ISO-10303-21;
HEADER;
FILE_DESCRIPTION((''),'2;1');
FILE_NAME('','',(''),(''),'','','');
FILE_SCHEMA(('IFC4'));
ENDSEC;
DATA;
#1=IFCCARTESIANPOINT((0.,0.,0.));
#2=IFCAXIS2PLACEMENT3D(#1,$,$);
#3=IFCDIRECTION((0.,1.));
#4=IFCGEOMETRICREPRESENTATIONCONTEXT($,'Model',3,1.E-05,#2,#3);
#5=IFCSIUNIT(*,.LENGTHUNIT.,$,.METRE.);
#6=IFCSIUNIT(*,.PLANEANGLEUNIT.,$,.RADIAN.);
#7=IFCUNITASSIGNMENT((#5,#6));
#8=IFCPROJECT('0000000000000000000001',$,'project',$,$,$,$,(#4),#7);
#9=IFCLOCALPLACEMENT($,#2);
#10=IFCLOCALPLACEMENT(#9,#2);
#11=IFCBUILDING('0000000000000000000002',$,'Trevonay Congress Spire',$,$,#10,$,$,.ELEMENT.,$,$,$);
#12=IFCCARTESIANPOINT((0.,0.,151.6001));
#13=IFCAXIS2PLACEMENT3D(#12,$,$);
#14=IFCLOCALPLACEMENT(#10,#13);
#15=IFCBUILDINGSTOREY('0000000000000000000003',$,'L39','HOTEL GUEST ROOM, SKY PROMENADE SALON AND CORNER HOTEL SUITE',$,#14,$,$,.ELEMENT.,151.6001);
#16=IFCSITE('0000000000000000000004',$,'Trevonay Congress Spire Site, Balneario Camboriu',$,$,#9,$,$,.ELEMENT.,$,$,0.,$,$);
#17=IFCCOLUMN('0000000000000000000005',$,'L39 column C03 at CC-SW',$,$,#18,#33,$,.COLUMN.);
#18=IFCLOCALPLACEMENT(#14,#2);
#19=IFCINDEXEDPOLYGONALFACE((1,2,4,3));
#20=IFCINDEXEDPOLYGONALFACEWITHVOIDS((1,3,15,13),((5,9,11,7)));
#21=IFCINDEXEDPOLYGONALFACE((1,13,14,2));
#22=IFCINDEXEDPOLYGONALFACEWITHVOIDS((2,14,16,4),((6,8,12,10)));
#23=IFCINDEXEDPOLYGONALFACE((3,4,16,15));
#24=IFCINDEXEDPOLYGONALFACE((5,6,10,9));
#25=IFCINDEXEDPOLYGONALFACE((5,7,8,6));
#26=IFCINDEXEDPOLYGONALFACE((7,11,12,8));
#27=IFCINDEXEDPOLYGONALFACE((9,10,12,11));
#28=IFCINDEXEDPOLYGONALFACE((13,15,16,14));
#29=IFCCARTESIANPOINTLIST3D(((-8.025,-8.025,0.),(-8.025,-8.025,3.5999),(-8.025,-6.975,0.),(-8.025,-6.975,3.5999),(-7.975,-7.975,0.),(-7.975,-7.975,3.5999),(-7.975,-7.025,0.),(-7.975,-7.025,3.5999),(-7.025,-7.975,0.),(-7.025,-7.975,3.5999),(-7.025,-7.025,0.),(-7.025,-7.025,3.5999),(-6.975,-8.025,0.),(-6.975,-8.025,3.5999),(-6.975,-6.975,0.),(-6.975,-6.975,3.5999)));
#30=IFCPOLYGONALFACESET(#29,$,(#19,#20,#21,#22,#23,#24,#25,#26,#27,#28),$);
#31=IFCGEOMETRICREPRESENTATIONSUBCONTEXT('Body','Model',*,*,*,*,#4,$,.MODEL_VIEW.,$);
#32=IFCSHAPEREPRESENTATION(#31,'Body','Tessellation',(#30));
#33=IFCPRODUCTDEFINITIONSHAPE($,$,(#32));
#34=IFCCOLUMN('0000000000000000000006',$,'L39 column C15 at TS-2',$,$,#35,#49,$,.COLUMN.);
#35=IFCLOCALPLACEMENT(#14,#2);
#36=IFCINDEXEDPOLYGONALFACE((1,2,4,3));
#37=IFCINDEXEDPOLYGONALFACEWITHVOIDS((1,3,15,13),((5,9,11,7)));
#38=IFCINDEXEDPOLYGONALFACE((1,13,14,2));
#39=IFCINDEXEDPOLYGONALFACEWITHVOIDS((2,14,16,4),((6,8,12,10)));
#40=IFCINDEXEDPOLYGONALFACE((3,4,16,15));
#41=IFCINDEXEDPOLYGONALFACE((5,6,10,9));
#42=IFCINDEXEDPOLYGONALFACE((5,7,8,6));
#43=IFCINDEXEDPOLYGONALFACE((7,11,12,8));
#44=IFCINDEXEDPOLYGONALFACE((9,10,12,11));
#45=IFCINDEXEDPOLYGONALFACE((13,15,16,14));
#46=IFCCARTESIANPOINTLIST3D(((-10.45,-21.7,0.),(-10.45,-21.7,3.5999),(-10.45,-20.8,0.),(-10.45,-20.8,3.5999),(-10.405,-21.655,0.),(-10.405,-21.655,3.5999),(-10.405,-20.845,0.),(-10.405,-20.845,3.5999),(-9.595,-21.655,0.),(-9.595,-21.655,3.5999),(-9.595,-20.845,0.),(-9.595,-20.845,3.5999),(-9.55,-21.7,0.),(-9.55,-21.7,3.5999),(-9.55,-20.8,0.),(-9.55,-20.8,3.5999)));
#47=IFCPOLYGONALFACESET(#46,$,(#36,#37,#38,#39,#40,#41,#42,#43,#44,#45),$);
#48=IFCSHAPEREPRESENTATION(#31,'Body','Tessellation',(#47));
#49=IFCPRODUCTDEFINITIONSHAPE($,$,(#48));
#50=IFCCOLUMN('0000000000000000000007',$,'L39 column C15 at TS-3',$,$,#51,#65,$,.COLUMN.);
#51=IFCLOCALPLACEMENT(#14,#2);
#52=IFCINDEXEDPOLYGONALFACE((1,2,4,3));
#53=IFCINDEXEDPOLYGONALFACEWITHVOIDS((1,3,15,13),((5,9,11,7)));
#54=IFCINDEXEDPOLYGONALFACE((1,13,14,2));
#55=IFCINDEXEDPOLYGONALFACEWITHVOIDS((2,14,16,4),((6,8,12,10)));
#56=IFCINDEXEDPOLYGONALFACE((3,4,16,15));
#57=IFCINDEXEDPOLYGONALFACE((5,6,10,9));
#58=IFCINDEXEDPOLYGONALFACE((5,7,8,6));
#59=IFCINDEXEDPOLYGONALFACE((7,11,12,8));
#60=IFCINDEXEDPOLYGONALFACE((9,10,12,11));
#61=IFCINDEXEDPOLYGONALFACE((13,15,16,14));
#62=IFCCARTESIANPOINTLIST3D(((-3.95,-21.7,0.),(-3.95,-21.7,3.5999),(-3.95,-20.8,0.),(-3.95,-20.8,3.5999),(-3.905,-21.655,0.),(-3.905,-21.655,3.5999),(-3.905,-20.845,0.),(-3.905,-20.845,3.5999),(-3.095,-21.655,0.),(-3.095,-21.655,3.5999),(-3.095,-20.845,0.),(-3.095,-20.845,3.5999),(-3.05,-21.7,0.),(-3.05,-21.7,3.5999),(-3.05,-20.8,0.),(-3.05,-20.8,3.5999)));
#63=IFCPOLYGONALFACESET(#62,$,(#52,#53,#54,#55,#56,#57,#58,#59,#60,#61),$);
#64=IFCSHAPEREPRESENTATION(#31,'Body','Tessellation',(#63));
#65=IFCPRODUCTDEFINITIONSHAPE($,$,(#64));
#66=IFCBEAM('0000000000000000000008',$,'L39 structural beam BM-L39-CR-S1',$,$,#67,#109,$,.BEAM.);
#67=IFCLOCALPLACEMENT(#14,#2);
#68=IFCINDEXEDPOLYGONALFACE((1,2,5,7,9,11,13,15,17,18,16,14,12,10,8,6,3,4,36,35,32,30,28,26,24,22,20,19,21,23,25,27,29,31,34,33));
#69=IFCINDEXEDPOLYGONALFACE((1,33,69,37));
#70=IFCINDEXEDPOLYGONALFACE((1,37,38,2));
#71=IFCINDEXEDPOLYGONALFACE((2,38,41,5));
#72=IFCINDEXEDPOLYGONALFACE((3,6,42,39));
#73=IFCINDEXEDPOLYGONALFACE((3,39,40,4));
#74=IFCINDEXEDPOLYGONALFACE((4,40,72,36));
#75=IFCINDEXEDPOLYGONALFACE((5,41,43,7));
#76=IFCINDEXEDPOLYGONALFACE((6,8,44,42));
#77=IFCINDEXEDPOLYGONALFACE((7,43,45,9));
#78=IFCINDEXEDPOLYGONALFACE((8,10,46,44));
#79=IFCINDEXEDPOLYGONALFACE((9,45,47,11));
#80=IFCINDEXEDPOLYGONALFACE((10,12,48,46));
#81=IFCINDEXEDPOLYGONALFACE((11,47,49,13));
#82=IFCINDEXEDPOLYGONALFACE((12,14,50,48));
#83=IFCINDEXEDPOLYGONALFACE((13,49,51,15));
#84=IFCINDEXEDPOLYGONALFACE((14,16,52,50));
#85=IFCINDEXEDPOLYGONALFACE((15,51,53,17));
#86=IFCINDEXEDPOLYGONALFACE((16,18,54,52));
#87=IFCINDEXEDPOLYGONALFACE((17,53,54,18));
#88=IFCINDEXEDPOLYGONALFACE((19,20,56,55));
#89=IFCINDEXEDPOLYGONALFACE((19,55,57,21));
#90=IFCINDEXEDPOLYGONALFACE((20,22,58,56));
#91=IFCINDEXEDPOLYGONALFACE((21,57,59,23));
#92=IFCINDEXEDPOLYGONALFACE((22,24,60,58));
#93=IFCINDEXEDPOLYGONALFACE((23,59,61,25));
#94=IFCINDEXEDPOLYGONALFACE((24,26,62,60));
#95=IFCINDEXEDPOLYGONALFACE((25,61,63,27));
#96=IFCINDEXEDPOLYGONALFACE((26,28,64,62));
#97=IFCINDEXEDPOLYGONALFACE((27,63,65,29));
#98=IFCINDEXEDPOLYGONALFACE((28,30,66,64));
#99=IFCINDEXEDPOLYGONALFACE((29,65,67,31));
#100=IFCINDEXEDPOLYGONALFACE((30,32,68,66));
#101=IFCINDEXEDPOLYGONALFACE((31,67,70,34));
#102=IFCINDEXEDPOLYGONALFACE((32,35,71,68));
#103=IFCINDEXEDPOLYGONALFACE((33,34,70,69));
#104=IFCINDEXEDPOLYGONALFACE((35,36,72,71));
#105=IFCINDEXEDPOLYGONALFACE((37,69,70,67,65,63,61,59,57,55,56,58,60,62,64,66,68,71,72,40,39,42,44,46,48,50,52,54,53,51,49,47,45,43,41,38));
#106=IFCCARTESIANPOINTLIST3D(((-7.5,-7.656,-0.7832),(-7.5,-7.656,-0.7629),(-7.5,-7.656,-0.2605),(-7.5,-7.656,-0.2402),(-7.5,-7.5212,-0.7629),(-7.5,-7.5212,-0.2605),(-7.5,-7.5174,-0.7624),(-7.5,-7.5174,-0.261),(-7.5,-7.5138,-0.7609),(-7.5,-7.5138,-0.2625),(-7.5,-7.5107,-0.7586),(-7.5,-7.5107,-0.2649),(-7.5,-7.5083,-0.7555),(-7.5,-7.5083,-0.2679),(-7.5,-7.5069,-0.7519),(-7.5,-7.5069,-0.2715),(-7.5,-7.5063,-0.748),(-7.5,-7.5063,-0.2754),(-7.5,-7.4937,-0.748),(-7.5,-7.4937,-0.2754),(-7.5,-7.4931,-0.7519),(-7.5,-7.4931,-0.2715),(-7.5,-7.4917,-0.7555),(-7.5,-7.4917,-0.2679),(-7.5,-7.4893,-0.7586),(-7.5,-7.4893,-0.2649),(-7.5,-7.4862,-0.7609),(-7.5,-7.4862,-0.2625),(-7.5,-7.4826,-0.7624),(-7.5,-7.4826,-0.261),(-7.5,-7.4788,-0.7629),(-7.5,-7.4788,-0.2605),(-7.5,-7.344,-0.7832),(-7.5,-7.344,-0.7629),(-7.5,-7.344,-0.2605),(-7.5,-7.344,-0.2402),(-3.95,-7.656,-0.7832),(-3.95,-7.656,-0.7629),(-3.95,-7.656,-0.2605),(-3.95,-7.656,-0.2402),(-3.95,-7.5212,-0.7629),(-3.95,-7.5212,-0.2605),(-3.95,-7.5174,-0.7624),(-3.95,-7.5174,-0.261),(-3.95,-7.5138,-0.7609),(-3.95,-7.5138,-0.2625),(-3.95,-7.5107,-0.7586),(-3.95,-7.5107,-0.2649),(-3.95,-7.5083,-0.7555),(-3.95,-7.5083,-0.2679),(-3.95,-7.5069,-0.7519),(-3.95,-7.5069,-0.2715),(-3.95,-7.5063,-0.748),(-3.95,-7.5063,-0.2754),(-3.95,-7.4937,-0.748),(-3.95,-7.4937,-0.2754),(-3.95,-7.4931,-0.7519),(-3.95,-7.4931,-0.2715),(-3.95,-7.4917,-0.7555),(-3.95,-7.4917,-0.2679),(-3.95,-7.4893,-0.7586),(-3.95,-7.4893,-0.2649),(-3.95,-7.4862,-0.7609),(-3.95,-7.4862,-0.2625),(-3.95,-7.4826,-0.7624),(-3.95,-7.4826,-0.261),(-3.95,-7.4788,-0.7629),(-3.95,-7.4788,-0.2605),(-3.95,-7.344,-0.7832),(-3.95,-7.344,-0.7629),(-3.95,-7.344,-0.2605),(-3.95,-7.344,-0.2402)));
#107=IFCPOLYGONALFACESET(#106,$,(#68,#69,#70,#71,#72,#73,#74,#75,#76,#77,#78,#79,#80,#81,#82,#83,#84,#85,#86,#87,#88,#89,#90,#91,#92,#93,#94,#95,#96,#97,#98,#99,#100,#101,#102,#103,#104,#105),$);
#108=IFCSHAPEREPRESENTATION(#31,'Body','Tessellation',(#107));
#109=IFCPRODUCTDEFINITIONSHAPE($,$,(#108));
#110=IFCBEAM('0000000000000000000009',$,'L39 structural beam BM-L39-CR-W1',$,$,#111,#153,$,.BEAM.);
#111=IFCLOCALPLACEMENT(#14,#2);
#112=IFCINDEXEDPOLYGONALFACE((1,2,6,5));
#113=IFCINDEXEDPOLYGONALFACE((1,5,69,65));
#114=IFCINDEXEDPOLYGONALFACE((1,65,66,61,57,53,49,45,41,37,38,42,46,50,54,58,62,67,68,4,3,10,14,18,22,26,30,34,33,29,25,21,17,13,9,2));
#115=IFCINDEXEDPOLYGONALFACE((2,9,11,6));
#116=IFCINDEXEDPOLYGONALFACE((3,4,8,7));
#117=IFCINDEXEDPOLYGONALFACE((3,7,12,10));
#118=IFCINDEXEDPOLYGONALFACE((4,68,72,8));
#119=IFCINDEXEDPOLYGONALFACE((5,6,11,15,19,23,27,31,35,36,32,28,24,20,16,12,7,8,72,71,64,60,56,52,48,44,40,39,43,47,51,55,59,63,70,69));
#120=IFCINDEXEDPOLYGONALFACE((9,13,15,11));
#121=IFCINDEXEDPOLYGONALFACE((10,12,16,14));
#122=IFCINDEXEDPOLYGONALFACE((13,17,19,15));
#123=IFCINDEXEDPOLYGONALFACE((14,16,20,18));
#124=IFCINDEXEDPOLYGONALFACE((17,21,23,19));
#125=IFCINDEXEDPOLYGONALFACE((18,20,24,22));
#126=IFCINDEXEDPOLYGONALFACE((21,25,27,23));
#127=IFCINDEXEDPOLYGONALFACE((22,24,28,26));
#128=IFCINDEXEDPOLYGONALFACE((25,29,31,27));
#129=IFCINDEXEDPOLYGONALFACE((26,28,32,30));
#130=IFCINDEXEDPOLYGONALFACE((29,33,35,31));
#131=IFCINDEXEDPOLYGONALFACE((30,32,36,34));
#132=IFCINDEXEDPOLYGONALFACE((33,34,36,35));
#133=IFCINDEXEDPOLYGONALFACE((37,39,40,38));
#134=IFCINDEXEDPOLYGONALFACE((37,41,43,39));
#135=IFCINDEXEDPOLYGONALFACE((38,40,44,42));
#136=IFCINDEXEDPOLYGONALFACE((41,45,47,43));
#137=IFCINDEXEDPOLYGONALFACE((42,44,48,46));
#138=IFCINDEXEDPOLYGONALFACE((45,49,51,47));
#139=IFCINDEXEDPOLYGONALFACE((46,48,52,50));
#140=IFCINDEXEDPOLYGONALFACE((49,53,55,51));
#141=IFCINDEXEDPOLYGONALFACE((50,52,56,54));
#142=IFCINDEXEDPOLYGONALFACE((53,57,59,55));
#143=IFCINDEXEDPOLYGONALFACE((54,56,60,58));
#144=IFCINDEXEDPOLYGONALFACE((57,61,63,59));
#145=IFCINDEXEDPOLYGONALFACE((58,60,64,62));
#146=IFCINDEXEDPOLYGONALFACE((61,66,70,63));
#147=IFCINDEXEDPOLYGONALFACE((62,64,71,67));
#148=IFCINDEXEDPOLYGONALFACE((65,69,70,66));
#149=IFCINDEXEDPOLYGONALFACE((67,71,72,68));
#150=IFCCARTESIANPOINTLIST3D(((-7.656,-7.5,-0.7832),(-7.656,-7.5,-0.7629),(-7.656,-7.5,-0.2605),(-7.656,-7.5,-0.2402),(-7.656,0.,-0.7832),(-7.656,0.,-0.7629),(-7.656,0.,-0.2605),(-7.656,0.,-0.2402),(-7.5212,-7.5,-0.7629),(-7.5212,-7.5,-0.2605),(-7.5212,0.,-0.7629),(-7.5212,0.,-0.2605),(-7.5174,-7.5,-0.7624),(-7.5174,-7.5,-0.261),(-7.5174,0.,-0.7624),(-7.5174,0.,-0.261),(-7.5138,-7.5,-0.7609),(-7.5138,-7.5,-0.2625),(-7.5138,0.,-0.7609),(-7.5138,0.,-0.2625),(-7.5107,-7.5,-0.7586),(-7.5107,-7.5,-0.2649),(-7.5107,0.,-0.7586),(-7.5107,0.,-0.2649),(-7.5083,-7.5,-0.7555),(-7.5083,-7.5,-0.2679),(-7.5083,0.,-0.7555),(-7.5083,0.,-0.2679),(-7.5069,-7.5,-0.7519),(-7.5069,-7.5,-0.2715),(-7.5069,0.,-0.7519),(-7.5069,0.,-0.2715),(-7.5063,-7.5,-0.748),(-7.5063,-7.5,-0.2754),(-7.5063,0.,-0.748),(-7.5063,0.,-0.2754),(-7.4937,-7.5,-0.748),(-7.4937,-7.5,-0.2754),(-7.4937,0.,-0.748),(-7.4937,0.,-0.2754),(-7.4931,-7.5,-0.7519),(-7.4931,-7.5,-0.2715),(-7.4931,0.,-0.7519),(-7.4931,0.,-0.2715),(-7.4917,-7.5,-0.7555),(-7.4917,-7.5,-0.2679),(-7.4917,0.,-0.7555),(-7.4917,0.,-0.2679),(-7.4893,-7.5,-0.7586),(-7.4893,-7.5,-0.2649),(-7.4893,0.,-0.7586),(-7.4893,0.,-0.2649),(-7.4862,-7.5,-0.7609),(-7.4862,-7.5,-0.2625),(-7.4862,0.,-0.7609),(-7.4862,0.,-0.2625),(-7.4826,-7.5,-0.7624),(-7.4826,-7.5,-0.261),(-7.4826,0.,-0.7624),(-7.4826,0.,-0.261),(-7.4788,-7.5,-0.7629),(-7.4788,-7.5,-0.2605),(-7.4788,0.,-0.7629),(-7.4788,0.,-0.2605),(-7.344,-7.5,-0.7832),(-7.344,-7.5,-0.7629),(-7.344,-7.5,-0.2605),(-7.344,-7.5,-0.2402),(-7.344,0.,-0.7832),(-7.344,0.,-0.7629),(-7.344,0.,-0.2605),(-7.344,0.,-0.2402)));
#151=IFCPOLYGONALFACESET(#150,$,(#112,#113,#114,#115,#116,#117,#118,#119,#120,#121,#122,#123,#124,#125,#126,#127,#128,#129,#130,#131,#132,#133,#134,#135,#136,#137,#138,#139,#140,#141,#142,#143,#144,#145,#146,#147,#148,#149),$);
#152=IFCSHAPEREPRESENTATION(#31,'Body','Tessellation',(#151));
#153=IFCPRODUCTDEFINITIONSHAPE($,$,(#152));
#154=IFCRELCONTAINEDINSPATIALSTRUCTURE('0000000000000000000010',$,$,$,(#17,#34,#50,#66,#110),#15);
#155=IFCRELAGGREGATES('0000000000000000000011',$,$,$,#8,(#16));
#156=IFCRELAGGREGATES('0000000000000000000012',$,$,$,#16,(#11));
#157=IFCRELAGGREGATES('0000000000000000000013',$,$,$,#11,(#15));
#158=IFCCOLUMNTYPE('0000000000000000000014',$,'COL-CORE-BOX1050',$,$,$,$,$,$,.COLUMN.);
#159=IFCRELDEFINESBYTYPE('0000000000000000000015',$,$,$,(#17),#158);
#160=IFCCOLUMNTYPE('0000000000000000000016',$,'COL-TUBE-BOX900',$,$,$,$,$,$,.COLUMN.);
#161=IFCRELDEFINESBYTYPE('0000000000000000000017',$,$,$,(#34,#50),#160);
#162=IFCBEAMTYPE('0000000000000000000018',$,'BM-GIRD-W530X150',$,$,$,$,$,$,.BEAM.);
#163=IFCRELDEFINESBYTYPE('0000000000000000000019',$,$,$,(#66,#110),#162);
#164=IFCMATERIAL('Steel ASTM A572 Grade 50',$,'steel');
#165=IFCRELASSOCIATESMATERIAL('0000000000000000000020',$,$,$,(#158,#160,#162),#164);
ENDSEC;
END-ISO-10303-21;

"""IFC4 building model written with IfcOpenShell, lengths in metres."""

from ifc_helpers import new_model, si_unit, direction, frame, origin, origin_2d, place, context, subcontext, project, spatial, hollow_rectangle, i_section, extrude, material, material_profile, profile_set, type_object, element, save


model = new_model("IFC4")

# Units and contexts
model_context = context("Model", 3, precision=1e-05, world=origin(), true_north=direction((0.0, 1.0)))
body_context = subcontext(model_context, "Body", "Model", "MODEL_VIEW")
ifc_project = project(units=[si_unit("LENGTHUNIT", "METRE"), si_unit("PLANEANGLEUNIT", "RADIAN")], contexts=[model_context])

# Site, building, storey
site_placement = place(None, origin())
site = spatial("IfcSite", under=ifc_project, at=site_placement, Name="Trevonay Congress Spire Site, Balneario Camboriu", CompositionType="ELEMENT", RefElevation=0.0)
building_placement = place(site_placement, origin())
building = spatial("IfcBuilding", under=site, at=building_placement, Name="Trevonay Congress Spire", CompositionType="ELEMENT")
storey_placement = place(building_placement, frame((0.0, 0.0, 151.6001)))
storey = spatial("IfcBuildingStorey", under=building, at=storey_placement, Name="L39", Description="HOTEL GUEST ROOM, SKY PROMENADE SALON AND CORNER HOTEL SUITE", CompositionType="ELEMENT", Elevation=151.6001)

# Columns
ifc_material_1 = material(Name="Steel ASTM A572 Grade 50", Category="steel")
ifc_material_profile_1 = material_profile(ifc_material_1, hollow_rectangle(XDim=1.05, YDim=1.05, WallThickness=0.05, at=origin_2d()), Name="BOX 1050x1050x50")
ifc_profile_set_1 = profile_set([ifc_material_profile_1], Name="Steel ASTM A572 Grade 50")
column_type_1 = type_object("IfcColumnType", Name="COL-CORE-BOX1050", PredefinedType="COLUMN", material=ifc_profile_set_1)
column_placement = place(storey_placement, frame((-7.5, -7.5, 0.0), z_axis=(0.0, 0.0, 1.0), x_axis=(1.0, 0.0, 0.0)))
element("IfcColumn", 1, at=column_placement, inside=storey, type_object=column_type_1, Name="L39 column C03 at CC-SW", PredefinedType="COLUMN", context=body_context, shape_type="SweptSolid", body=[
    extrude(hollow_rectangle(XDim=1.05, YDim=1.05, WallThickness=0.05, at=origin_2d()), origin(), (0.0, 0.0, 1.0), 3.5999),
])
ifc_material_profile_2 = material_profile(ifc_material_1, hollow_rectangle(XDim=0.8999, YDim=0.8999, WallThickness=0.0449, at=origin_2d()), Name="BOX 900x900x45")
ifc_profile_set_2 = profile_set([ifc_material_profile_2], Name="Steel ASTM A572 Grade 50")
column_type_2 = type_object("IfcColumnType", Name="COL-TUBE-BOX900", PredefinedType="COLUMN", material=ifc_profile_set_2)
for number, where, z_axis, x_axis, name in (
    (2, (-10.0, -21.25, 0.0), (0.0, 0.0, 1.0), (1.0, 0.0, 0.0), "L39 column C15 at TS-2"),
    (3, (-3.5, -21.25, 0.0), (0.0, 0.0, 1.0), (1.0, 0.0, 0.0), "L39 column C15 at TS-3"),
):
    element("IfcColumn", number, at=place(storey_placement, frame(where, z_axis=z_axis, x_axis=x_axis)), inside=storey, type_object=column_type_2, Name=name, PredefinedType="COLUMN", context=body_context, shape_type="SweptSolid", body=[
        extrude(hollow_rectangle(XDim=0.8999, YDim=0.8999, WallThickness=0.0449, at=origin_2d()), origin(), (0.0, 0.0, 1.0), 3.5999),
    ])

# Beams
ifc_material_profile_3 = material_profile(ifc_material_1, i_section(OverallWidth=0.312, OverallDepth=0.543, WebThickness=0.0127, FlangeThickness=0.0203, FilletRadius=0.0149, at=origin_2d()), Name="W530x150")
ifc_profile_set_3 = profile_set([ifc_material_profile_3], Name="Steel ASTM A572 Grade 50")
beam_type_1 = type_object("IfcBeamType", Name="BM-GIRD-W530X150", PredefinedType="BEAM", material=ifc_profile_set_3)
beam_1_placement = place(storey_placement, frame((-7.5, -7.5, -0.5117), z_axis=(1.0, 0.0, 0.0), x_axis=(0.0, 1.0, 0.0)))
element("IfcBeam", 4, at=beam_1_placement, inside=storey, type_object=beam_type_1, Name="L39 structural beam BM-L39-CR-S1", PredefinedType="BEAM", context=body_context, shape_type="SweptSolid", body=[
    extrude(i_section(OverallWidth=0.312, OverallDepth=0.543, WebThickness=0.0127, FlangeThickness=0.0203, FilletRadius=0.0149, at=origin_2d()), origin(), (0.0, 0.0, 1.0), 3.55),
])
beam_2_placement = place(storey_placement, frame((-7.5, -7.5, -0.5117), z_axis=(0.0, 1.0, 0.0), x_axis=(-1.0, 0.0, 0.0)))
element("IfcBeam", 5, at=beam_2_placement, inside=storey, type_object=beam_type_1, Name="L39 structural beam BM-L39-CR-W1", PredefinedType="BEAM", context=body_context, shape_type="SweptSolid", body=[
    extrude(i_section(OverallWidth=0.312, OverallDepth=0.543, WebThickness=0.0127, FlangeThickness=0.0203, FilletRadius=0.0149, at=origin_2d()), origin(), (0.0, 0.0, 1.0), 7.5),
])

save(model, "model.ifc")
